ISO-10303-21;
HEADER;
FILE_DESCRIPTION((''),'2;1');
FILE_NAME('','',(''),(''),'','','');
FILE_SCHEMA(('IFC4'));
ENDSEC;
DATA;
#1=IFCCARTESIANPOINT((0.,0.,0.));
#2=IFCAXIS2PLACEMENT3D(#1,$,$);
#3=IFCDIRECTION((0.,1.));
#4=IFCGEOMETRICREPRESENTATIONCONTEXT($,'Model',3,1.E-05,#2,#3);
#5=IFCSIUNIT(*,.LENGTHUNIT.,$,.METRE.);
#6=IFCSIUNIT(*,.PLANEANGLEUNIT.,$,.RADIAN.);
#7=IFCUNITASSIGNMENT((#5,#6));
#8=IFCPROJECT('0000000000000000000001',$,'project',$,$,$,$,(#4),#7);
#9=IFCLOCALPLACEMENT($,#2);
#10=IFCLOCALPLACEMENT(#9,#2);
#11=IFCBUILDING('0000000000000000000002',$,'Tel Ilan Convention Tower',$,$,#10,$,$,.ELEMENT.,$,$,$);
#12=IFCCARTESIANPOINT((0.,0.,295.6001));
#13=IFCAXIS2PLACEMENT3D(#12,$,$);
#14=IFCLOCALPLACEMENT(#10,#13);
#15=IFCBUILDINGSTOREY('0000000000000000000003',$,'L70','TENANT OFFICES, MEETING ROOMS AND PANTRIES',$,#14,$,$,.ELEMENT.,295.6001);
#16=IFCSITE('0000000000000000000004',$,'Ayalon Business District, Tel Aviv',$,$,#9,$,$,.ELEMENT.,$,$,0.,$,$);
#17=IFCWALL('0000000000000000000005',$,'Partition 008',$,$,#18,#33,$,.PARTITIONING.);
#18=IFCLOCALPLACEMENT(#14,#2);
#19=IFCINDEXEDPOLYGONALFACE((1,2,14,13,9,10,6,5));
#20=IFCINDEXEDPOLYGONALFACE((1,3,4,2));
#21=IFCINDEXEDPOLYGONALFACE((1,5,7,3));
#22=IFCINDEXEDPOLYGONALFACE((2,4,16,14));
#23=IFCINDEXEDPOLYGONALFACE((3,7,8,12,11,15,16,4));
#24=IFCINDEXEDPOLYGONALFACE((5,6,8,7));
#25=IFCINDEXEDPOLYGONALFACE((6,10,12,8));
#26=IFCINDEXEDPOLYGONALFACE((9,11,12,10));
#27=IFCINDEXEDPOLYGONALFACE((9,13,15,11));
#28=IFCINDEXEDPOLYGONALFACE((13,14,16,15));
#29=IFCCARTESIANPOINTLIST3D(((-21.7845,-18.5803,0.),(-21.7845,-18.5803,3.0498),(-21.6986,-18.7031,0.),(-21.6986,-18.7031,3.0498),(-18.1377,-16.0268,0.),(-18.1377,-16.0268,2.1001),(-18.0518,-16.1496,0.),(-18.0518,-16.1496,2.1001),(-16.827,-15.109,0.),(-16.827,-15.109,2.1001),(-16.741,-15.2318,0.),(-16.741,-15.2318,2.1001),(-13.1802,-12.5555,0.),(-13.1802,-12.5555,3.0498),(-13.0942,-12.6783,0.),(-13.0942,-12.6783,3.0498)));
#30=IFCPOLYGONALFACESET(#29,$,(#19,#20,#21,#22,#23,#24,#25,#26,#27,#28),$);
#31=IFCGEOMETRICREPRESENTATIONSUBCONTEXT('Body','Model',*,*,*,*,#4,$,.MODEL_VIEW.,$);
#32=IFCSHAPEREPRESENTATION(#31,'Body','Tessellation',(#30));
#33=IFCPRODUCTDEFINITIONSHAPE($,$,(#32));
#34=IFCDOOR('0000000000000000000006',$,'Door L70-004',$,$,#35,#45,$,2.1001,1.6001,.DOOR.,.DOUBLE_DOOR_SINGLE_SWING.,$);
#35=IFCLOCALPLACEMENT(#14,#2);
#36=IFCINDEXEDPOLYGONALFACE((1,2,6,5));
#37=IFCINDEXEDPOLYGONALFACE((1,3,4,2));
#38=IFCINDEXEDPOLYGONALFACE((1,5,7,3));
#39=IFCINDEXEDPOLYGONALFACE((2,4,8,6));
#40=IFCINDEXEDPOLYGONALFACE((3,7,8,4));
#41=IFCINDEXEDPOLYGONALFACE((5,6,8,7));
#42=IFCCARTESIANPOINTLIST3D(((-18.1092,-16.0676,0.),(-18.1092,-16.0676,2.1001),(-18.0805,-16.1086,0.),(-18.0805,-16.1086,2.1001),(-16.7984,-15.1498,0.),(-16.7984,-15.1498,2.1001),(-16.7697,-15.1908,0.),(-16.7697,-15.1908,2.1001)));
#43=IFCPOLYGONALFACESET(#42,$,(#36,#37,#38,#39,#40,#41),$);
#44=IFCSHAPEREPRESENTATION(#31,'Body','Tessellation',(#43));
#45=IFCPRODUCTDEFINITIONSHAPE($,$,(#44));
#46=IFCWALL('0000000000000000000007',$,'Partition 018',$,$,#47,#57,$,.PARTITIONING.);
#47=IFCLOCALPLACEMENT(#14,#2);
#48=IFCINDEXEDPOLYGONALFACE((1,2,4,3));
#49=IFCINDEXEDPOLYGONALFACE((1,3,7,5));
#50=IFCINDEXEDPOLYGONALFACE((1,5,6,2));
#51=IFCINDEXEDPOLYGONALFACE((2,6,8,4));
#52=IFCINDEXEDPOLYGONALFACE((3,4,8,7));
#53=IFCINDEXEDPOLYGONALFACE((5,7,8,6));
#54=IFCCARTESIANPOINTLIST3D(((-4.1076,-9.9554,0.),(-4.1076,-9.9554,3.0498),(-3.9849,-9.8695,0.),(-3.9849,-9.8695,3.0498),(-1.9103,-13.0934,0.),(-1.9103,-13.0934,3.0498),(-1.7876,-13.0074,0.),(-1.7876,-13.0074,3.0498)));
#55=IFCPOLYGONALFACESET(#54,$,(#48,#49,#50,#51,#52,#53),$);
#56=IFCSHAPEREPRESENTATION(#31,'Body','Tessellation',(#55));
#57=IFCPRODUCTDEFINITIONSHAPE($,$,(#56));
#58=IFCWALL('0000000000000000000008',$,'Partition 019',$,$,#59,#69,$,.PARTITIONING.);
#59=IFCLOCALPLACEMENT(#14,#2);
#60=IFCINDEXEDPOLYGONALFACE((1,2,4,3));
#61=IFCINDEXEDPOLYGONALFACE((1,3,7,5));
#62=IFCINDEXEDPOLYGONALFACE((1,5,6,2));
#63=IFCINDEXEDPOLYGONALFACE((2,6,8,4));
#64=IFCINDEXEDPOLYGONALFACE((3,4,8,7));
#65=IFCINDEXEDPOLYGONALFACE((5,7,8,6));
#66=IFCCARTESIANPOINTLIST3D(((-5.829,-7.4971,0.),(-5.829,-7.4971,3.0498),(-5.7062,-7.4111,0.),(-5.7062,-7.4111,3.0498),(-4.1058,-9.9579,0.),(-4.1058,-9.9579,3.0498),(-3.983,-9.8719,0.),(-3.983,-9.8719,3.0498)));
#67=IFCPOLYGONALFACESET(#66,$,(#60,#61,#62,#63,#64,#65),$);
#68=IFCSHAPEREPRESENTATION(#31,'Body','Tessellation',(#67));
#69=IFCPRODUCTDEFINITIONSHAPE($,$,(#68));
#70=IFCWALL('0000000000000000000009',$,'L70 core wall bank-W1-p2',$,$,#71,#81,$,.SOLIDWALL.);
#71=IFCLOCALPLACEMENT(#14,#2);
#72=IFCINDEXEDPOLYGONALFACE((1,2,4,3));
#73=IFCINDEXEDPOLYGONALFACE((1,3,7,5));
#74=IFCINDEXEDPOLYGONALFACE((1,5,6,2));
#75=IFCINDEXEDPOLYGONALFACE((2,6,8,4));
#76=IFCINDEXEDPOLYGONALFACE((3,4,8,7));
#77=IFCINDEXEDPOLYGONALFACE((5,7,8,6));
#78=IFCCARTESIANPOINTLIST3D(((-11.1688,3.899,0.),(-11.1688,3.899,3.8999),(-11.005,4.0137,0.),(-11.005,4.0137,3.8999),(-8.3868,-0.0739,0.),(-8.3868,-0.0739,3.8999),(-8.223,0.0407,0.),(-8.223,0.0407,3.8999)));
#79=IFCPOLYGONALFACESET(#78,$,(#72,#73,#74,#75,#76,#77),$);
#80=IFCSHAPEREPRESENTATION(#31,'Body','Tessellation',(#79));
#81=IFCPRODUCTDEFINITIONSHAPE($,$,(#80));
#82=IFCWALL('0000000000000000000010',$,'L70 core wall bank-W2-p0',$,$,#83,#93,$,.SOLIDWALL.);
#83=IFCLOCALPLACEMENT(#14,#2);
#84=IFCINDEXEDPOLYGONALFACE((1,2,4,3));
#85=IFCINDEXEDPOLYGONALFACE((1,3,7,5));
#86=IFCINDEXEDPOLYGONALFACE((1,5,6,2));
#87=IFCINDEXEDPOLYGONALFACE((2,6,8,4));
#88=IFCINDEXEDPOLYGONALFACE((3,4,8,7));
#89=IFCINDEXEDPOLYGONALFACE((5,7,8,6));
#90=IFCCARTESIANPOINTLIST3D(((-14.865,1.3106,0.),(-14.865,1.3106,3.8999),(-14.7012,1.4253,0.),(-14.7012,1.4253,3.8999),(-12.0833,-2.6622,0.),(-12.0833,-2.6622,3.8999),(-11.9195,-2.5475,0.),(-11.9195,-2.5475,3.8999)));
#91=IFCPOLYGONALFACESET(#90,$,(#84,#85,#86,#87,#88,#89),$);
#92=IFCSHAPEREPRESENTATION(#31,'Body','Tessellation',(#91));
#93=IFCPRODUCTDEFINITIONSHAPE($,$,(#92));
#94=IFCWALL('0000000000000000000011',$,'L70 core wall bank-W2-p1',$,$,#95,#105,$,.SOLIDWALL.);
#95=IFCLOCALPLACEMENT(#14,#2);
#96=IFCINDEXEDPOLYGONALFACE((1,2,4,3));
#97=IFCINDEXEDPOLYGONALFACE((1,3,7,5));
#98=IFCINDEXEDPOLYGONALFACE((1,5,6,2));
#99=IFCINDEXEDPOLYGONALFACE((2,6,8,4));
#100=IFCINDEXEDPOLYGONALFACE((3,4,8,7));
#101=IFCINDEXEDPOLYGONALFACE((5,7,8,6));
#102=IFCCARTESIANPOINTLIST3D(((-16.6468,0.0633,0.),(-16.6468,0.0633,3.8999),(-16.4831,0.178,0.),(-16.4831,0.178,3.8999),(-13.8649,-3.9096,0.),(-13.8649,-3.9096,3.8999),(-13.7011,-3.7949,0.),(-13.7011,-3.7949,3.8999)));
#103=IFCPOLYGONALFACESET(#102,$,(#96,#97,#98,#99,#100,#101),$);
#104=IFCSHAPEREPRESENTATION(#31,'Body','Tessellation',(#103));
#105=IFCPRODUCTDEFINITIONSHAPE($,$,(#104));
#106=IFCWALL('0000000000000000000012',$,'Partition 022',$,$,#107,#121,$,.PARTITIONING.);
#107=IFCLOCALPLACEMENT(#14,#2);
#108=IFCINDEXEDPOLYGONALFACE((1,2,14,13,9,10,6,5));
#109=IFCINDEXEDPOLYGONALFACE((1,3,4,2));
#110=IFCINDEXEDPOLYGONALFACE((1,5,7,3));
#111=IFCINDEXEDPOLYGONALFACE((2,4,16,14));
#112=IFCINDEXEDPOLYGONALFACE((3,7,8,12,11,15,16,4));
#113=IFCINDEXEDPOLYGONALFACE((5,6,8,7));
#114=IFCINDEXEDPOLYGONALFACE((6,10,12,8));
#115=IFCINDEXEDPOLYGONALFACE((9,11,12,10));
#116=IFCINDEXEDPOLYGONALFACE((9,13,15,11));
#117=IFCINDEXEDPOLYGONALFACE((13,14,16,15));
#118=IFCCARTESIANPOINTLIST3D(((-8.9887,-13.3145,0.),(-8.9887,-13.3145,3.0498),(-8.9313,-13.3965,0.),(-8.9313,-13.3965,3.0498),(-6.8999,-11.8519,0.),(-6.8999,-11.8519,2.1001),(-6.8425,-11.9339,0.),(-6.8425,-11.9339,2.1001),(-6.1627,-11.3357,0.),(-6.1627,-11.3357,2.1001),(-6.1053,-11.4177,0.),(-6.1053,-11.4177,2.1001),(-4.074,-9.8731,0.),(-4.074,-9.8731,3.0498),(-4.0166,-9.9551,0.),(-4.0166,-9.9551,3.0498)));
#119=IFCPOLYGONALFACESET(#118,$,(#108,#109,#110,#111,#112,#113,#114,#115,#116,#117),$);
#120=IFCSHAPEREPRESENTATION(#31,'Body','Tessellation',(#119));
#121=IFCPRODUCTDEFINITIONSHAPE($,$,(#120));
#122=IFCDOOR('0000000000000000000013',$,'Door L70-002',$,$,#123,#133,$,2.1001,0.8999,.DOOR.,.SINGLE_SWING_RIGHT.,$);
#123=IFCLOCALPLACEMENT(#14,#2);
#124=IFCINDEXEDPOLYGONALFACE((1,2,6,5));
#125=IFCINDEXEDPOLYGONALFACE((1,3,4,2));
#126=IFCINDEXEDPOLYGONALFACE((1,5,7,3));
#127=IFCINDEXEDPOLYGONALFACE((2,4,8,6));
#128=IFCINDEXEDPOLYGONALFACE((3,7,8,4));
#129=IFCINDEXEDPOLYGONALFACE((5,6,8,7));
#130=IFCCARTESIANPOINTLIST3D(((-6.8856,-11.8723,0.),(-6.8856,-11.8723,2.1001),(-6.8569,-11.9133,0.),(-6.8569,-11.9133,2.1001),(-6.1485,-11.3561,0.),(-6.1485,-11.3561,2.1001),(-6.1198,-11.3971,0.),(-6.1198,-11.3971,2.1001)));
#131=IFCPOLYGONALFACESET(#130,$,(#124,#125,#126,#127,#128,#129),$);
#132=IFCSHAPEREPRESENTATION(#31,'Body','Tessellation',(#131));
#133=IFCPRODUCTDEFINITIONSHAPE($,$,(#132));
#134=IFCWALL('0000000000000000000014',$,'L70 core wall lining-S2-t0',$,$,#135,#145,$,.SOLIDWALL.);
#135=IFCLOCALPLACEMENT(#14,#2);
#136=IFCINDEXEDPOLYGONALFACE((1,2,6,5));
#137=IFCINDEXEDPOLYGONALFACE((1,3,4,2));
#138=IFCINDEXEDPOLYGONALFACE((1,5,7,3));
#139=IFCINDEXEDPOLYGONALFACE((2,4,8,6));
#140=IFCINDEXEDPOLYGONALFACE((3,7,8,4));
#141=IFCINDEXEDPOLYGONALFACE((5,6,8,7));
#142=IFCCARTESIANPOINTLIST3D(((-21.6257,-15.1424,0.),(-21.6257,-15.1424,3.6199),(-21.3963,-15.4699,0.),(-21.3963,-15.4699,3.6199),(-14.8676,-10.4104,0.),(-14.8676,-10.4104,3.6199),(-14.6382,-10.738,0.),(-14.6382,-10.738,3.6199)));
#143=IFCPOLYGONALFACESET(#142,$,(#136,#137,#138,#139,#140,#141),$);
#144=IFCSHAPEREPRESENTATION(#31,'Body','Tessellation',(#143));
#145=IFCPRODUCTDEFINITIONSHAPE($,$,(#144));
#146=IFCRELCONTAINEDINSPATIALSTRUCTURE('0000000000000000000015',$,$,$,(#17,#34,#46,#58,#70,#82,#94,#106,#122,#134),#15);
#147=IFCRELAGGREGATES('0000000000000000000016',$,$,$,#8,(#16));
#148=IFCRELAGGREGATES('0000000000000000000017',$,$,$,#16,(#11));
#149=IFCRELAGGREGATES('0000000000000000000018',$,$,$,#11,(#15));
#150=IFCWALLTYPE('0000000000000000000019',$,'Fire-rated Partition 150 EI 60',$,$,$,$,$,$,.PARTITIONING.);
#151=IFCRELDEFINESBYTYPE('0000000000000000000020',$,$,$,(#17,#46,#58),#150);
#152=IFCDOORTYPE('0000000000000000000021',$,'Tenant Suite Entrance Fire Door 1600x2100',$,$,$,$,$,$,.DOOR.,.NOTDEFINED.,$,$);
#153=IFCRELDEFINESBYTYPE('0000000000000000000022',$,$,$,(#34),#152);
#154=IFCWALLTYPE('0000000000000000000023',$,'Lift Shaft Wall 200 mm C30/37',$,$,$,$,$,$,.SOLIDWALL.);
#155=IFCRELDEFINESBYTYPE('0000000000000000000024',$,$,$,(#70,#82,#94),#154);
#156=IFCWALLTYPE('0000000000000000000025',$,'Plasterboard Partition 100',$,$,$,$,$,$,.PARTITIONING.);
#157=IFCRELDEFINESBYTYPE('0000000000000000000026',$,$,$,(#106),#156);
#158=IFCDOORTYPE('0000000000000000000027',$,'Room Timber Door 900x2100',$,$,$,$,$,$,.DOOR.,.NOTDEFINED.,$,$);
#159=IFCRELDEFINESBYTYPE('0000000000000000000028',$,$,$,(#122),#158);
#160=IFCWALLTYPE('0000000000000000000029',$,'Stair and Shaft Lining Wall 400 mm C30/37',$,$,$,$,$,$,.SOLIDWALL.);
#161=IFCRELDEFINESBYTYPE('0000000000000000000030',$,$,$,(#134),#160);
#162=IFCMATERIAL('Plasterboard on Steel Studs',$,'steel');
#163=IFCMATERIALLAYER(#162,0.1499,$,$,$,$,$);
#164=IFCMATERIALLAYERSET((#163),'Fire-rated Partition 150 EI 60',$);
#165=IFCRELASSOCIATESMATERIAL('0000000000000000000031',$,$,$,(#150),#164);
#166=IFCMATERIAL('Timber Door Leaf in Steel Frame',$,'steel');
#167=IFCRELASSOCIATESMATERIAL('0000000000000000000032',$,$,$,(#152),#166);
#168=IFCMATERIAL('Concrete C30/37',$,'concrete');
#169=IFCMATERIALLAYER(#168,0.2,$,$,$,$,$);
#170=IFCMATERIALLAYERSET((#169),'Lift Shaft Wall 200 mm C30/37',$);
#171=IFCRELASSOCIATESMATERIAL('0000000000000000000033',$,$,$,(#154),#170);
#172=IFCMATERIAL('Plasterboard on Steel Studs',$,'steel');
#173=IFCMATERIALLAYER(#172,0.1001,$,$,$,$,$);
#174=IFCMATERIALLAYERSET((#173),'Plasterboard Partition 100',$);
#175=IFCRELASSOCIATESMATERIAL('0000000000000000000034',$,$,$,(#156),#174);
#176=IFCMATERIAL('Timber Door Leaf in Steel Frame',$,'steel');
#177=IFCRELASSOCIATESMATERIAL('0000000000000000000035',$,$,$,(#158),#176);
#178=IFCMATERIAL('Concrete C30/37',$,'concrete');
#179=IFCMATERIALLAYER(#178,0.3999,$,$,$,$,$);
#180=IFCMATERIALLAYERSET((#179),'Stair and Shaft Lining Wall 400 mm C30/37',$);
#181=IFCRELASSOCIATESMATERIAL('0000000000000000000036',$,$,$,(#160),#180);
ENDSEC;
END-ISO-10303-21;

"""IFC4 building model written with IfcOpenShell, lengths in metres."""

from ifc_helpers import new_model, si_unit, direction, frame, frame_2d, origin, place, context, subcontext, project, spatial, rectangle, extrude, material, layer, layer_set, type_object, element, fill, save


model = new_model("IFC4")

# Units and contexts
model_context = context("Model", 3, precision=1e-05, world=origin(), true_north=direction((0.0, 1.0)))
body_context = subcontext(model_context, "Body", "Model", "MODEL_VIEW")
ifc_project = project(units=[si_unit("LENGTHUNIT", "METRE"), si_unit("PLANEANGLEUNIT", "RADIAN")], contexts=[model_context])

# Site, building, storey
site_placement = place(None, origin())
site = spatial("IfcSite", under=ifc_project, at=site_placement, Name="Ayalon Business District, Tel Aviv", CompositionType="ELEMENT", RefElevation=0.0)
building_placement = place(site_placement, origin())
building = spatial("IfcBuilding", under=site, at=building_placement, Name="Tel Ilan Convention Tower", CompositionType="ELEMENT")
storey_placement = place(building_placement, frame((0.0, 0.0, 295.6001)))
storey = spatial("IfcBuildingStorey", under=building, at=storey_placement, Name="L70", Description="TENANT OFFICES, MEETING ROOMS AND PANTRIES", CompositionType="ELEMENT", Elevation=295.6001)

# Wall, opening, door
ifc_material_1 = material(Name="Plasterboard on Steel Studs", Category="steel")
ifc_layer_1 = layer(ifc_material_1, 0.1499)
ifc_layer_set_1 = layer_set([ifc_layer_1], Name="Fire-rated Partition 150 EI 60")
wall_type_1 = type_object("IfcWallType", Name="Fire-rated Partition 150 EI 60", PredefinedType="PARTITIONING", material=ifc_layer_set_1)
ifc_material_2 = material(Name="Timber Door Leaf in Steel Frame", Category="steel")
door_type_1 = type_object("IfcDoorType", Name="Tenant Suite Entrance Fire Door 1600x2100", OperationType="NOTDEFINED", PredefinedType="DOOR", material=ifc_material_2)
wall_1_placement = place(storey_placement, frame((-13.1372, -12.6169, 0.0), z_axis=(0.0, 0.0, 1.0), x_axis=(-0.819157, -0.57357, 0.0)))
wall_1 = element("IfcWall", 1, at=wall_1_placement, inside=storey, type_object=wall_type_1, Name="Partition 008", PredefinedType="PARTITIONING", context=body_context, shape_type="SweptSolid", body=[
    extrude(rectangle(XDim=10.5039, YDim=0.1499, at=frame_2d((5.252, 0.0))), origin(), (0.0, 0.0, 1.0), 3.0498),
])
opening_1_placement = place(wall_1_placement, frame((4.4519, 0.0, 0.0)))
opening_1 = element("IfcOpeningElement", 2, at=opening_1_placement, cuts=wall_1, PredefinedType="OPENING", context=body_context, shape_type="SweptSolid", body=[
    extrude(rectangle(XDim=1.6001, YDim=2.1001, at=frame_2d((0.8, 1.05))), frame((0.0, 0.085, 0.0), z_axis=(0.0, -1.0, 0.0), x_axis=(1.0, 0.0, 0.0)), (0.0, 0.0, 1.0), 0.1699),
])
door_1_placement = place(opening_1_placement, origin())
door_1 = element("IfcDoor", 3, at=door_1_placement, inside=storey, type_object=door_type_1, Name="Door L70-004", OperationType="DOUBLE_DOOR_SINGLE_SWING", OverallHeight=2.1001, OverallWidth=1.6001, PredefinedType="DOOR", context=body_context, shape_type="SweptSolid", body=[
    extrude(rectangle(XDim=1.6001, YDim=2.1001, at=frame_2d((0.8, 1.05))), frame((0.0, 0.0249, 0.0), z_axis=(0.0, -1.0, 0.0), x_axis=(1.0, 0.0, 0.0)), (0.0, 0.0, 1.0), 0.05),
])
fill(opening_1, door_1)

# Walls
wall_2_placement = place(storey_placement, frame((-1.8489, -13.0505, 0.0), z_axis=(0.0, 0.0, 1.0), x_axis=(-0.573586, 0.819145, 0.0)))
element("IfcWall", 4, at=wall_2_placement, inside=storey, type_object=wall_type_1, Name="Partition 018", PredefinedType="PARTITIONING", context=body_context, shape_type="SweptSolid", body=[
    extrude(rectangle(XDim=3.8308, YDim=0.1499, at=frame_2d((1.9155, 0.0))), origin(), (0.0, 0.0, 1.0), 3.0498),
])
wall_3_placement = place(storey_placement, frame((-4.0444, -9.9148, 0.0), z_axis=(0.0, 0.0, 1.0), x_axis=(-0.57361, 0.819129, 0.0)))
element("IfcWall", 5, at=wall_3_placement, inside=storey, type_object=wall_type_1, Name="Partition 019", PredefinedType="PARTITIONING", context=body_context, shape_type="SweptSolid", body=[
    extrude(rectangle(XDim=3.0042, YDim=0.1499, at=frame_2d((1.502, 0.0))), origin(), (0.0, 0.0, 1.0), 3.0498),
])
ifc_material_3 = material(Name="Concrete C30/37", Category="concrete")
ifc_layer_2 = layer(ifc_material_3, 0.2)
ifc_layer_set_2 = layer_set([ifc_layer_2], Name="Lift Shaft Wall 200 mm C30/37")
wall_type_2 = type_object("IfcWallType", Name="Lift Shaft Wall 200 mm C30/37", PredefinedType="SOLIDWALL", material=ifc_layer_set_2)
wall_4_placement = place(storey_placement, frame((-8.3049, -0.0166, 0.0), z_axis=(0.0, 0.0, 1.0), x_axis=(-0.573594, 0.81914, 0.0)))
element("IfcWall", 6, at=wall_4_placement, inside=storey, type_object=wall_type_2, Name="L70 core wall bank-W1-p2", PredefinedType="SOLIDWALL", context=body_context, shape_type="SweptSolid", body=[
    extrude(rectangle(XDim=4.8501, YDim=0.2, at=frame_2d((2.425, 0.0))), origin(), (0.0, 0.0, 1.0), 3.8999),
])
wall_5_placement = place(storey_placement, frame((-12.0015, -2.6047, 0.0), z_axis=(0.0, 0.0, 1.0), x_axis=(-0.57356, 0.819163, 0.0)))
element("IfcWall", 7, at=wall_5_placement, inside=storey, type_object=wall_type_2, Name="L70 core wall bank-W2-p0", PredefinedType="SOLIDWALL", context=body_context, shape_type="SweptSolid", body=[
    extrude(rectangle(XDim=4.8499, YDim=0.2, at=frame_2d((2.4248, 0.0))), origin(), (0.0, 0.0, 1.0), 3.8999),
])
wall_6_placement = place(storey_placement, frame((-13.783, -3.8523, 0.0), z_axis=(0.0, 0.0, 1.0), x_axis=(-0.573594, 0.81914, 0.0)))
element("IfcWall", 8, at=wall_6_placement, inside=storey, type_object=wall_type_2, Name="L70 core wall bank-W2-p1", PredefinedType="SOLIDWALL", context=body_context, shape_type="SweptSolid", body=[
    extrude(rectangle(XDim=4.8501, YDim=0.2, at=frame_2d((2.425, 0.0))), origin(), (0.0, 0.0, 1.0), 3.8999),
])

# Wall, opening, door
ifc_material_4 = material(Name="Plasterboard on Steel Studs", Category="steel")
ifc_layer_3 = layer(ifc_material_4, 0.1001)
ifc_layer_set_3 = layer_set([ifc_layer_3], Name="Plasterboard Partition 100")
wall_type_3 = type_object("IfcWallType", Name="Plasterboard Partition 100", PredefinedType="PARTITIONING", material=ifc_layer_set_3)
wall_7_placement = place(storey_placement, frame((-4.0452, -9.9141, 0.0), z_axis=(0.0, 0.0, 1.0), x_axis=(-0.81915, -0.57358, 0.0)))
wall_7 = element("IfcWall", 9, at=wall_7_placement, inside=storey, type_object=wall_type_3, Name="Partition 022", PredefinedType="PARTITIONING", context=body_context, shape_type="SweptSolid", body=[
    extrude(rectangle(XDim=5.9998, YDim=0.1001, at=frame_2d((3.0, 0.0))), origin(), (0.0, 0.0, 1.0), 3.0498),
])
opening_2_placement = place(wall_7_placement, frame((2.55, 0.0, 0.0)))
opening_2 = element("IfcOpeningElement", 10, at=opening_2_placement, cuts=wall_7, PredefinedType="OPENING", context=body_context, shape_type="SweptSolid", body=[
    extrude(rectangle(XDim=0.8999, YDim=2.1001, at=frame_2d((0.45, 1.05))), frame((0.0, 0.0601, 0.0), z_axis=(0.0, -1.0, 0.0), x_axis=(1.0, 0.0, 0.0)), (0.0, 0.0, 1.0), 0.1201),
])
ifc_material_5 = material(Name="Timber Door Leaf in Steel Frame", Category="steel")
door_type_2 = type_object("IfcDoorType", Name="Room Timber Door 900x2100", OperationType="NOTDEFINED", PredefinedType="DOOR", material=ifc_material_5)
door_2_placement = place(opening_2_placement, origin())
door_2 = element("IfcDoor", 11, at=door_2_placement, inside=storey, type_object=door_type_2, Name="Door L70-002", OperationType="SINGLE_SWING_RIGHT", OverallHeight=2.1001, OverallWidth=0.8999, PredefinedType="DOOR", context=body_context, shape_type="SweptSolid", body=[
    extrude(rectangle(XDim=0.8999, YDim=2.1001, at=frame_2d((0.45, 1.05))), frame((0.0, 0.0249, 0.0), z_axis=(0.0, -1.0, 0.0), x_axis=(1.0, 0.0, 0.0)), (0.0, 0.0, 1.0), 0.05),
])
fill(opening_2, door_2)

# Wall
ifc_material_6 = material(Name="Concrete C30/37", Category="concrete")
ifc_layer_4 = layer(ifc_material_6, 0.3999)
ifc_layer_set_4 = layer_set([ifc_layer_4], Name="Stair and Shaft Lining Wall 400 mm C30/37")
wall_type_4 = type_object("IfcWallType", Name="Stair and Shaft Lining Wall 400 mm C30/37", PredefinedType="SOLIDWALL", material=ifc_layer_set_4)
wall_8_placement = place(storey_placement, frame((-14.7529, -10.5742, 0.0), z_axis=(0.0, 0.0, 1.0), x_axis=(-0.819158, -0.573568, 0.0)))
element("IfcWall", 12, at=wall_8_placement, inside=storey, type_object=wall_type_4, Name="L70 core wall lining-S2-t0", PredefinedType="SOLIDWALL", context=body_context, shape_type="SweptSolid", body=[
    extrude(rectangle(XDim=8.25, YDim=0.3999, at=frame_2d((4.125, 0.0))), origin(), (0.0, 0.0, 1.0), 3.6199),
])

save(model, "model.ifc")
